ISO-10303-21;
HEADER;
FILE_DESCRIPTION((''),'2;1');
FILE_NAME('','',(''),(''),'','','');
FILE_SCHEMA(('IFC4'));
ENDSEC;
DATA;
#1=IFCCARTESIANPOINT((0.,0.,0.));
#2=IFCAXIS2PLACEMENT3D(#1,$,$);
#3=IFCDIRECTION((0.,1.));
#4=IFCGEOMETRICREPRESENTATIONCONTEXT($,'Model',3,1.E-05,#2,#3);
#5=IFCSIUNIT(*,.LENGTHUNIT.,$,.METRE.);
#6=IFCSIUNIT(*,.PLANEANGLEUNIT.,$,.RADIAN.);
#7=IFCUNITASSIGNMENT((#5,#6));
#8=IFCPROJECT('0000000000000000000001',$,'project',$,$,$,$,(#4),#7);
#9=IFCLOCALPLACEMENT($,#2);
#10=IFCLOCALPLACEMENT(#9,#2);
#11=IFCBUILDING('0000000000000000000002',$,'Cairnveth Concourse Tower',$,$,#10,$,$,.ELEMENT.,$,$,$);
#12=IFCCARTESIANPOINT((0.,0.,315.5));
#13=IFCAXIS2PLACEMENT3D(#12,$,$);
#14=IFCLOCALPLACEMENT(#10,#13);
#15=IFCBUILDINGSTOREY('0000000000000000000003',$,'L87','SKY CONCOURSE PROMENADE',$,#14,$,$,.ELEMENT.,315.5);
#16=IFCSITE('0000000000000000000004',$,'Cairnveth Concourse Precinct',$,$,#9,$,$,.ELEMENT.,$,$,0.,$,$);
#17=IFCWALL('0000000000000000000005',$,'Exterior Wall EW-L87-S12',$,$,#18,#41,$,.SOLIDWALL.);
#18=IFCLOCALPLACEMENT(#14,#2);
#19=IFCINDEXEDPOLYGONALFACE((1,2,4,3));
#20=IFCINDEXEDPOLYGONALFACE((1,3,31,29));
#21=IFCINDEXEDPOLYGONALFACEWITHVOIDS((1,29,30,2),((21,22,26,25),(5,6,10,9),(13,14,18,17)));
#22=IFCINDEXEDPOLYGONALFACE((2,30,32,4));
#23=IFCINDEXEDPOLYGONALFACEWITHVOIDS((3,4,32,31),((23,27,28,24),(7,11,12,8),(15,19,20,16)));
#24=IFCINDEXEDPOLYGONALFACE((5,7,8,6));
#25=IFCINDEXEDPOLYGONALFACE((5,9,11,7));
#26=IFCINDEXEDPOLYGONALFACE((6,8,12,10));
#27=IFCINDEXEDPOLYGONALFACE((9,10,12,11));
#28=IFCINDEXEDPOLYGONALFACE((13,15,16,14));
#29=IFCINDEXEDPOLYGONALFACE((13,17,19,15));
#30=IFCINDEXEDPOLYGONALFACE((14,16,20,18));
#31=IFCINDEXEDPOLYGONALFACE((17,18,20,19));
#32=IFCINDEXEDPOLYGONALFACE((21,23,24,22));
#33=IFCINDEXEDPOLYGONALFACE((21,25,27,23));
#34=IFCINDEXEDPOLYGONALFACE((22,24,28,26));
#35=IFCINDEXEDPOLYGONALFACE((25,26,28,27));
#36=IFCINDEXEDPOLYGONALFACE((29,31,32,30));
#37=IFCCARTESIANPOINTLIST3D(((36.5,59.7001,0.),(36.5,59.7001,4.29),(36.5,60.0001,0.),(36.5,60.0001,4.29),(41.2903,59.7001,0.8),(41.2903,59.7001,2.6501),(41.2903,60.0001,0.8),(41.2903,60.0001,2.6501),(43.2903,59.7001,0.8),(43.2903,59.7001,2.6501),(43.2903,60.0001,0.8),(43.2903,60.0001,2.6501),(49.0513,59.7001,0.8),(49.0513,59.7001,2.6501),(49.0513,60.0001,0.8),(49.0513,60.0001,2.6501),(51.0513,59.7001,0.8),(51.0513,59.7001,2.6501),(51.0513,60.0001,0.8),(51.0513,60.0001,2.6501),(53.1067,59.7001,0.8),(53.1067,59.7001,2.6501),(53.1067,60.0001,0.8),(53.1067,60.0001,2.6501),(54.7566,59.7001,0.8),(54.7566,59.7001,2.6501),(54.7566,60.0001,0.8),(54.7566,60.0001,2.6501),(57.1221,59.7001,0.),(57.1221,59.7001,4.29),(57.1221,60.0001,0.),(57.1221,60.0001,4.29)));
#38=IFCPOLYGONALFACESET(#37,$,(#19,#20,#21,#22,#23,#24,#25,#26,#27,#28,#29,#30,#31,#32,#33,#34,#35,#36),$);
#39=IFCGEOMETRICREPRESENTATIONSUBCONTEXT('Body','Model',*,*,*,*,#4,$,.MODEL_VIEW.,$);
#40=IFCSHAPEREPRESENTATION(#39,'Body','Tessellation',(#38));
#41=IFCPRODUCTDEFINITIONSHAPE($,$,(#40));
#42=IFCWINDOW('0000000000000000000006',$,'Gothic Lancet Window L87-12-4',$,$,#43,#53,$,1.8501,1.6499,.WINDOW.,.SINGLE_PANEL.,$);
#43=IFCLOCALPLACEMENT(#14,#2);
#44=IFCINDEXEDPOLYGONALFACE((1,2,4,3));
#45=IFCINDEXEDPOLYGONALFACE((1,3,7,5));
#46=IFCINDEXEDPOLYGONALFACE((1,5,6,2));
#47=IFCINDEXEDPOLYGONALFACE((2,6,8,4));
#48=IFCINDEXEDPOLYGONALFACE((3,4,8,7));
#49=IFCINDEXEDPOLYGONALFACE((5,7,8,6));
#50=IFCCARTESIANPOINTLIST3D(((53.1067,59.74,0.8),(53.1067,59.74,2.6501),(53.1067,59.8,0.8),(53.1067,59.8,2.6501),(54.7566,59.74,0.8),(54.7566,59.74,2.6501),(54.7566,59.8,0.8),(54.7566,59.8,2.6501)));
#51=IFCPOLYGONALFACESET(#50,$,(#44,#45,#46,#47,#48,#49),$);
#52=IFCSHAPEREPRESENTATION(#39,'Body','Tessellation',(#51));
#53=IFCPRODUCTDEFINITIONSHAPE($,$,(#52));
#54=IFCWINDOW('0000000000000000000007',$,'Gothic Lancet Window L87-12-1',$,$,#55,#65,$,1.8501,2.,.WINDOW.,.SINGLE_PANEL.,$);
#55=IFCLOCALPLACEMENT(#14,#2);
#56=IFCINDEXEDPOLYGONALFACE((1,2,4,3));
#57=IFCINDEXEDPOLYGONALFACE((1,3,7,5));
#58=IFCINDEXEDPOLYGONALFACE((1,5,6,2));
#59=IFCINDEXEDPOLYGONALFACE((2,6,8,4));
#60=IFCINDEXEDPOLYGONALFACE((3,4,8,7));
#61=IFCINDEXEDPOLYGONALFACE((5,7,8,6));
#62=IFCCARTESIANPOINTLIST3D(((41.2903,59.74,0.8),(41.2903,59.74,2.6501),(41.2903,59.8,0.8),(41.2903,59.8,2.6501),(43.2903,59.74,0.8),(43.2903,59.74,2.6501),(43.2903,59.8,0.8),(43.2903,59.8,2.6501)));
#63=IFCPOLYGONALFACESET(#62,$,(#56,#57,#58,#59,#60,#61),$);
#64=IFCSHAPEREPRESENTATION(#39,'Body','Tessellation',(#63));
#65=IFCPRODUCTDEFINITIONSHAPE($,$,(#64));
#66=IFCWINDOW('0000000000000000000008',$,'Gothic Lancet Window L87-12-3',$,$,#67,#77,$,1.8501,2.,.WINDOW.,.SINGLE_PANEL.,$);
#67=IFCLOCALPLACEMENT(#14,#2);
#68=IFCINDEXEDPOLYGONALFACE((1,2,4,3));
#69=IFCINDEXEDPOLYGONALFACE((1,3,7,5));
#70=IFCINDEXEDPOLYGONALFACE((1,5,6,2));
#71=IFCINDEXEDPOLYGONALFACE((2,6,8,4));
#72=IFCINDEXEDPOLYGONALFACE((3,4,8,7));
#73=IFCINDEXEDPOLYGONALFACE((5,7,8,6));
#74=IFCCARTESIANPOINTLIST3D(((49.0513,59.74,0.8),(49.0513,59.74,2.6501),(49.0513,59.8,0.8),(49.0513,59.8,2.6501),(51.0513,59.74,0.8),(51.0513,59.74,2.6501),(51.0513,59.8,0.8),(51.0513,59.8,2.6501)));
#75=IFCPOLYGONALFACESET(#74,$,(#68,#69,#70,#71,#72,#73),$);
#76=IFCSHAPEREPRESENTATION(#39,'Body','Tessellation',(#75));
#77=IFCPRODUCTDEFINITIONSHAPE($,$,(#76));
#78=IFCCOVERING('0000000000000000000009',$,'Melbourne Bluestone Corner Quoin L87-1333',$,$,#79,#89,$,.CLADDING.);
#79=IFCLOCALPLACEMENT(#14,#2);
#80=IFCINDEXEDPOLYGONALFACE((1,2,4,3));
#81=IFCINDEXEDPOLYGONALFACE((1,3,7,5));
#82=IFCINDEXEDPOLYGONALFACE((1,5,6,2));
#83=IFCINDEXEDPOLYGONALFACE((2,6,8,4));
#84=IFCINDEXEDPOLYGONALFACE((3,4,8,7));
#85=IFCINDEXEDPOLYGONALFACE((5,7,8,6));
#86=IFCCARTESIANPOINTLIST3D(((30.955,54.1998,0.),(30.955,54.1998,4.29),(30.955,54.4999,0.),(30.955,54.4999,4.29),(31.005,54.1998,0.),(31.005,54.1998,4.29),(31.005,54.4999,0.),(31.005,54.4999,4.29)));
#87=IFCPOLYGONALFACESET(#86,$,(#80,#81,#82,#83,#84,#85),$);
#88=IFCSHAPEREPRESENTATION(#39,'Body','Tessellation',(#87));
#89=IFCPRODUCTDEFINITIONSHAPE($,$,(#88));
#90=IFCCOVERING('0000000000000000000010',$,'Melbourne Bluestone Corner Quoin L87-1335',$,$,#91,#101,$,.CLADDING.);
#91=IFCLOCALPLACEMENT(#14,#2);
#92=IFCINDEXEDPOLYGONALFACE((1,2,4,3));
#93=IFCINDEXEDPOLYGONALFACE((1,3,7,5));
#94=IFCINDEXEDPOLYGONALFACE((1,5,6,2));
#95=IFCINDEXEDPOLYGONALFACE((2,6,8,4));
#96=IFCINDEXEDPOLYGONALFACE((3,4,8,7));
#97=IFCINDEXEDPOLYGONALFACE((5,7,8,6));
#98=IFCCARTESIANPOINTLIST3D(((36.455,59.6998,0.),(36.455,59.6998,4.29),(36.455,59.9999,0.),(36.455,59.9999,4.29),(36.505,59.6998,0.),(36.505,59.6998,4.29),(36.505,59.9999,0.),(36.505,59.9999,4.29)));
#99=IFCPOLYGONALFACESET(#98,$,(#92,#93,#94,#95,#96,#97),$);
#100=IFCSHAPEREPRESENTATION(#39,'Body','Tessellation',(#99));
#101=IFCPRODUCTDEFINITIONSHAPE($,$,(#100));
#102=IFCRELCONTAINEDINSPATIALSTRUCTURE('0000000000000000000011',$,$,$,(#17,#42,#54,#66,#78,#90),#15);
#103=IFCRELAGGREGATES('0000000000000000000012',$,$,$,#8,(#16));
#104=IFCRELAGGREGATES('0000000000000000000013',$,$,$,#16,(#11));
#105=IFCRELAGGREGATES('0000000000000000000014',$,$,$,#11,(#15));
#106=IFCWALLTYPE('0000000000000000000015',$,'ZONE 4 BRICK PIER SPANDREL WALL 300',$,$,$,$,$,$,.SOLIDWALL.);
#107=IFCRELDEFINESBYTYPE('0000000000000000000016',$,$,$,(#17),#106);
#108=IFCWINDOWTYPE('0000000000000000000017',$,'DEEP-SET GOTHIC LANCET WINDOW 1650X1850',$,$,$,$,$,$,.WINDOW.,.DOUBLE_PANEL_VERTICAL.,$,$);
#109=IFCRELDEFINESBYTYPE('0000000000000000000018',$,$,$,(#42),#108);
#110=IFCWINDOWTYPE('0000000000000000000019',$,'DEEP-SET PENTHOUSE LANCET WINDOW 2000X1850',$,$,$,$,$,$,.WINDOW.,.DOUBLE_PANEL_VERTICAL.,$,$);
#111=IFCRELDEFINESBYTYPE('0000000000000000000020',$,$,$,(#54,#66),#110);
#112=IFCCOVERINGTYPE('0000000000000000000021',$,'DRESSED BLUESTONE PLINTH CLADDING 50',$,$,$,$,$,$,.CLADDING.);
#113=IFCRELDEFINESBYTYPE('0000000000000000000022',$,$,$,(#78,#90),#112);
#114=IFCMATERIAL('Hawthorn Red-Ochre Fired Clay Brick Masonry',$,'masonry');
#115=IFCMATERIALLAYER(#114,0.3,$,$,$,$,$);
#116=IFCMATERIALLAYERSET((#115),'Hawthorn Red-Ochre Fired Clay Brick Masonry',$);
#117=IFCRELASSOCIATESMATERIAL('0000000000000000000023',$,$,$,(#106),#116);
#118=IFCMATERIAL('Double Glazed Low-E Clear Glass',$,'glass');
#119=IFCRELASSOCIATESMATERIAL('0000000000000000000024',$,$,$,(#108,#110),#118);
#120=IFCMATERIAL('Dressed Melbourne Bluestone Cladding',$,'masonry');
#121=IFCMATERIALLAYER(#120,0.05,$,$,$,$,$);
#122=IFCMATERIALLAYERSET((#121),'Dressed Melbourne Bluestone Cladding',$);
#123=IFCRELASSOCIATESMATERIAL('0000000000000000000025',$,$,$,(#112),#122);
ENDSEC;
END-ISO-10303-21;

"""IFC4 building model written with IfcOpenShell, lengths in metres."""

from ifc_helpers import new_model, si_unit, direction, frame, frame_2d, origin, place, context, subcontext, project, spatial, rectangle, extrude, material, layer, layer_set, type_object, element, fill, save


model = new_model("IFC4")

# Units and contexts
model_context = context("Model", 3, precision=1e-05, world=origin(), true_north=direction((0.0, 1.0)))
body_context = subcontext(model_context, "Body", "Model", "MODEL_VIEW")
ifc_project = project(units=[si_unit("LENGTHUNIT", "METRE"), si_unit("PLANEANGLEUNIT", "RADIAN")], contexts=[model_context])

# Site, building, storey
site_placement = place(None, origin())
site = spatial("IfcSite", under=ifc_project, at=site_placement, Name="Cairnveth Concourse Precinct", CompositionType="ELEMENT", RefElevation=0.0)
building_placement = place(site_placement, origin())
building = spatial("IfcBuilding", under=site, at=building_placement, Name="Cairnveth Concourse Tower", CompositionType="ELEMENT")
storey_placement = place(building_placement, frame((0.0, 0.0, 315.5)))
storey = spatial("IfcBuildingStorey", under=building, at=storey_placement, Name="L87", Description="SKY CONCOURSE PROMENADE", CompositionType="ELEMENT", Elevation=315.5)

# Shared definitions
ifc_material_1 = material(Name="Hawthorn Red-Ochre Fired Clay Brick Masonry", Category="masonry")
ifc_layer_1 = layer(ifc_material_1, 0.3)
ifc_layer_set_1 = layer_set([ifc_layer_1], Name="Hawthorn Red-Ochre Fired Clay Brick Masonry")
wall_type_1 = type_object("IfcWallType", Name="ZONE 4 BRICK PIER SPANDREL WALL 300", PredefinedType="SOLIDWALL", material=ifc_layer_set_1)

# Wall, openings, windows
wall_1_placement = place(storey_placement, frame((36.5, 59.8501, 0.0), z_axis=(0.0, 0.0, 1.0), x_axis=(1.0, 0.0, 0.0)))
wall_1 = element("IfcWall", 1, at=wall_1_placement, inside=storey, type_object=wall_type_1, Name="Exterior Wall EW-L87-S12", PredefinedType="SOLIDWALL", context=body_context, shape_type="SweptSolid", body=[
    extrude(rectangle(XDim=20.6221, YDim=0.3, at=frame_2d((10.311, 0.0))), origin(), (0.0, 0.0, 1.0), 4.29),
])
opening_1_placement = place(wall_1_placement, frame((4.7903, 0.0, 0.8)))
opening_1 = element("IfcOpeningElement", 2, at=opening_1_placement, cuts=wall_1, PredefinedType="OPENING", context=body_context, shape_type="SweptSolid", body=[
    extrude(rectangle(XDim=2.0, YDim=1.8501, at=frame_2d((1.0, 0.925))), frame((0.0, 0.1599, 0.0), z_axis=(0.0, -1.0, 0.0), x_axis=(1.0, 0.0, 0.0)), (0.0, 0.0, 1.0), 0.3201),
])
opening_2_placement = place(wall_1_placement, frame((12.5513, 0.0, 0.8)))
opening_2 = element("IfcOpeningElement", 3, at=opening_2_placement, cuts=wall_1, PredefinedType="OPENING", context=body_context, shape_type="SweptSolid", body=[
    extrude(rectangle(XDim=2.0, YDim=1.8501, at=frame_2d((1.0, 0.925))), frame((0.0, 0.1599, 0.0), z_axis=(0.0, -1.0, 0.0), x_axis=(1.0, 0.0, 0.0)), (0.0, 0.0, 1.0), 0.3201),
])
opening_3_placement = place(wall_1_placement, frame((16.6067, 0.0, 0.8)))
opening_3 = element("IfcOpeningElement", 4, at=opening_3_placement, cuts=wall_1, PredefinedType="OPENING", context=body_context, shape_type="SweptSolid", body=[
    extrude(rectangle(XDim=1.6499, YDim=1.8501, at=frame_2d((0.825, 0.925))), frame((0.0, 0.1599, 0.0), z_axis=(0.0, -1.0, 0.0), x_axis=(1.0, 0.0, 0.0)), (0.0, 0.0, 1.0), 0.3201),
])
ifc_material_2 = material(Name="Double Glazed Low-E Clear Glass", Category="glass")
window_type_1 = type_object("IfcWindowType", Name="DEEP-SET GOTHIC LANCET WINDOW 1650X1850", PartitioningType="DOUBLE_PANEL_VERTICAL", PredefinedType="WINDOW", material=ifc_material_2)
window_1_placement = place(opening_3_placement, origin())
window_1 = element("IfcWindow", 5, at=window_1_placement, inside=storey, type_object=window_type_1, Name="Gothic Lancet Window L87-12-4", OverallHeight=1.8501, OverallWidth=1.6499, PartitioningType="SINGLE_PANEL", PredefinedType="WINDOW", context=body_context, shape_type="SweptSolid", body=[
    extrude(rectangle(XDim=1.6499, YDim=1.8501, at=frame_2d((0.825, 0.925))), frame((0.0, -0.05, 0.0), z_axis=(0.0, -1.0, 0.0), x_axis=(1.0, 0.0, 0.0)), (0.0, 0.0, 1.0), 0.0601),
])
fill(opening_3, window_1)
window_type_2 = type_object("IfcWindowType", Name="DEEP-SET PENTHOUSE LANCET WINDOW 2000X1850", PartitioningType="DOUBLE_PANEL_VERTICAL", PredefinedType="WINDOW", material=ifc_material_2)
window_2_placement = place(opening_1_placement, origin())
window_2 = element("IfcWindow", 6, at=window_2_placement, inside=storey, type_object=window_type_2, Name="Gothic Lancet Window L87-12-1", OverallHeight=1.8501, OverallWidth=2.0, PartitioningType="SINGLE_PANEL", PredefinedType="WINDOW", context=body_context, shape_type="SweptSolid", body=[
    extrude(rectangle(XDim=2.0, YDim=1.8501, at=frame_2d((1.0, 0.925))), frame((0.0, -0.05, 0.0), z_axis=(0.0, -1.0, 0.0), x_axis=(1.0, 0.0, 0.0)), (0.0, 0.0, 1.0), 0.0601),
])
fill(opening_1, window_2)
window_3_placement = place(opening_2_placement, origin())
window_3 = element("IfcWindow", 7, at=window_3_placement, inside=storey, type_object=window_type_2, Name="Gothic Lancet Window L87-12-3", OverallHeight=1.8501, OverallWidth=2.0, PartitioningType="SINGLE_PANEL", PredefinedType="WINDOW", context=body_context, shape_type="SweptSolid", body=[
    extrude(rectangle(XDim=2.0, YDim=1.8501, at=frame_2d((1.0, 0.925))), frame((0.0, -0.05, 0.0), z_axis=(0.0, -1.0, 0.0), x_axis=(1.0, 0.0, 0.0)), (0.0, 0.0, 1.0), 0.0601),
])
fill(opening_2, window_3)

# Coverings
ifc_material_3 = material(Name="Dressed Melbourne Bluestone Cladding", Category="masonry")
ifc_layer_2 = layer(ifc_material_3, 0.05)
ifc_layer_set_2 = layer_set([ifc_layer_2], Name="Dressed Melbourne Bluestone Cladding")
covering_type = type_object("IfcCoveringType", Name="DRESSED BLUESTONE PLINTH CLADDING 50", PredefinedType="CLADDING", material=ifc_layer_set_2)
for number, where, z_axis, x_axis, name in (
    (8, (30.98, 54.2, 0.0), (0.0, 0.0, 1.0), (0.0, 1.0, 0.0), "Melbourne Bluestone Corner Quoin L87-1333"),
    (9, (36.48, 59.7, 0.0), (0.0, 0.0, 1.0), (0.0, 1.0, 0.0), "Melbourne Bluestone Corner Quoin L87-1335"),
):
    element("IfcCovering", number, at=place(storey_placement, frame(where, z_axis=z_axis, x_axis=x_axis)), inside=storey, type_object=covering_type, Name=name, PredefinedType="CLADDING", context=body_context, shape_type="SweptSolid", body=[
        extrude(rectangle(XDim=0.3, YDim=0.05, at=frame_2d((0.1499, 0.0))), origin(), (0.0, 0.0, 1.0), 4.29),
    ])

save(model, "model.ifc")
